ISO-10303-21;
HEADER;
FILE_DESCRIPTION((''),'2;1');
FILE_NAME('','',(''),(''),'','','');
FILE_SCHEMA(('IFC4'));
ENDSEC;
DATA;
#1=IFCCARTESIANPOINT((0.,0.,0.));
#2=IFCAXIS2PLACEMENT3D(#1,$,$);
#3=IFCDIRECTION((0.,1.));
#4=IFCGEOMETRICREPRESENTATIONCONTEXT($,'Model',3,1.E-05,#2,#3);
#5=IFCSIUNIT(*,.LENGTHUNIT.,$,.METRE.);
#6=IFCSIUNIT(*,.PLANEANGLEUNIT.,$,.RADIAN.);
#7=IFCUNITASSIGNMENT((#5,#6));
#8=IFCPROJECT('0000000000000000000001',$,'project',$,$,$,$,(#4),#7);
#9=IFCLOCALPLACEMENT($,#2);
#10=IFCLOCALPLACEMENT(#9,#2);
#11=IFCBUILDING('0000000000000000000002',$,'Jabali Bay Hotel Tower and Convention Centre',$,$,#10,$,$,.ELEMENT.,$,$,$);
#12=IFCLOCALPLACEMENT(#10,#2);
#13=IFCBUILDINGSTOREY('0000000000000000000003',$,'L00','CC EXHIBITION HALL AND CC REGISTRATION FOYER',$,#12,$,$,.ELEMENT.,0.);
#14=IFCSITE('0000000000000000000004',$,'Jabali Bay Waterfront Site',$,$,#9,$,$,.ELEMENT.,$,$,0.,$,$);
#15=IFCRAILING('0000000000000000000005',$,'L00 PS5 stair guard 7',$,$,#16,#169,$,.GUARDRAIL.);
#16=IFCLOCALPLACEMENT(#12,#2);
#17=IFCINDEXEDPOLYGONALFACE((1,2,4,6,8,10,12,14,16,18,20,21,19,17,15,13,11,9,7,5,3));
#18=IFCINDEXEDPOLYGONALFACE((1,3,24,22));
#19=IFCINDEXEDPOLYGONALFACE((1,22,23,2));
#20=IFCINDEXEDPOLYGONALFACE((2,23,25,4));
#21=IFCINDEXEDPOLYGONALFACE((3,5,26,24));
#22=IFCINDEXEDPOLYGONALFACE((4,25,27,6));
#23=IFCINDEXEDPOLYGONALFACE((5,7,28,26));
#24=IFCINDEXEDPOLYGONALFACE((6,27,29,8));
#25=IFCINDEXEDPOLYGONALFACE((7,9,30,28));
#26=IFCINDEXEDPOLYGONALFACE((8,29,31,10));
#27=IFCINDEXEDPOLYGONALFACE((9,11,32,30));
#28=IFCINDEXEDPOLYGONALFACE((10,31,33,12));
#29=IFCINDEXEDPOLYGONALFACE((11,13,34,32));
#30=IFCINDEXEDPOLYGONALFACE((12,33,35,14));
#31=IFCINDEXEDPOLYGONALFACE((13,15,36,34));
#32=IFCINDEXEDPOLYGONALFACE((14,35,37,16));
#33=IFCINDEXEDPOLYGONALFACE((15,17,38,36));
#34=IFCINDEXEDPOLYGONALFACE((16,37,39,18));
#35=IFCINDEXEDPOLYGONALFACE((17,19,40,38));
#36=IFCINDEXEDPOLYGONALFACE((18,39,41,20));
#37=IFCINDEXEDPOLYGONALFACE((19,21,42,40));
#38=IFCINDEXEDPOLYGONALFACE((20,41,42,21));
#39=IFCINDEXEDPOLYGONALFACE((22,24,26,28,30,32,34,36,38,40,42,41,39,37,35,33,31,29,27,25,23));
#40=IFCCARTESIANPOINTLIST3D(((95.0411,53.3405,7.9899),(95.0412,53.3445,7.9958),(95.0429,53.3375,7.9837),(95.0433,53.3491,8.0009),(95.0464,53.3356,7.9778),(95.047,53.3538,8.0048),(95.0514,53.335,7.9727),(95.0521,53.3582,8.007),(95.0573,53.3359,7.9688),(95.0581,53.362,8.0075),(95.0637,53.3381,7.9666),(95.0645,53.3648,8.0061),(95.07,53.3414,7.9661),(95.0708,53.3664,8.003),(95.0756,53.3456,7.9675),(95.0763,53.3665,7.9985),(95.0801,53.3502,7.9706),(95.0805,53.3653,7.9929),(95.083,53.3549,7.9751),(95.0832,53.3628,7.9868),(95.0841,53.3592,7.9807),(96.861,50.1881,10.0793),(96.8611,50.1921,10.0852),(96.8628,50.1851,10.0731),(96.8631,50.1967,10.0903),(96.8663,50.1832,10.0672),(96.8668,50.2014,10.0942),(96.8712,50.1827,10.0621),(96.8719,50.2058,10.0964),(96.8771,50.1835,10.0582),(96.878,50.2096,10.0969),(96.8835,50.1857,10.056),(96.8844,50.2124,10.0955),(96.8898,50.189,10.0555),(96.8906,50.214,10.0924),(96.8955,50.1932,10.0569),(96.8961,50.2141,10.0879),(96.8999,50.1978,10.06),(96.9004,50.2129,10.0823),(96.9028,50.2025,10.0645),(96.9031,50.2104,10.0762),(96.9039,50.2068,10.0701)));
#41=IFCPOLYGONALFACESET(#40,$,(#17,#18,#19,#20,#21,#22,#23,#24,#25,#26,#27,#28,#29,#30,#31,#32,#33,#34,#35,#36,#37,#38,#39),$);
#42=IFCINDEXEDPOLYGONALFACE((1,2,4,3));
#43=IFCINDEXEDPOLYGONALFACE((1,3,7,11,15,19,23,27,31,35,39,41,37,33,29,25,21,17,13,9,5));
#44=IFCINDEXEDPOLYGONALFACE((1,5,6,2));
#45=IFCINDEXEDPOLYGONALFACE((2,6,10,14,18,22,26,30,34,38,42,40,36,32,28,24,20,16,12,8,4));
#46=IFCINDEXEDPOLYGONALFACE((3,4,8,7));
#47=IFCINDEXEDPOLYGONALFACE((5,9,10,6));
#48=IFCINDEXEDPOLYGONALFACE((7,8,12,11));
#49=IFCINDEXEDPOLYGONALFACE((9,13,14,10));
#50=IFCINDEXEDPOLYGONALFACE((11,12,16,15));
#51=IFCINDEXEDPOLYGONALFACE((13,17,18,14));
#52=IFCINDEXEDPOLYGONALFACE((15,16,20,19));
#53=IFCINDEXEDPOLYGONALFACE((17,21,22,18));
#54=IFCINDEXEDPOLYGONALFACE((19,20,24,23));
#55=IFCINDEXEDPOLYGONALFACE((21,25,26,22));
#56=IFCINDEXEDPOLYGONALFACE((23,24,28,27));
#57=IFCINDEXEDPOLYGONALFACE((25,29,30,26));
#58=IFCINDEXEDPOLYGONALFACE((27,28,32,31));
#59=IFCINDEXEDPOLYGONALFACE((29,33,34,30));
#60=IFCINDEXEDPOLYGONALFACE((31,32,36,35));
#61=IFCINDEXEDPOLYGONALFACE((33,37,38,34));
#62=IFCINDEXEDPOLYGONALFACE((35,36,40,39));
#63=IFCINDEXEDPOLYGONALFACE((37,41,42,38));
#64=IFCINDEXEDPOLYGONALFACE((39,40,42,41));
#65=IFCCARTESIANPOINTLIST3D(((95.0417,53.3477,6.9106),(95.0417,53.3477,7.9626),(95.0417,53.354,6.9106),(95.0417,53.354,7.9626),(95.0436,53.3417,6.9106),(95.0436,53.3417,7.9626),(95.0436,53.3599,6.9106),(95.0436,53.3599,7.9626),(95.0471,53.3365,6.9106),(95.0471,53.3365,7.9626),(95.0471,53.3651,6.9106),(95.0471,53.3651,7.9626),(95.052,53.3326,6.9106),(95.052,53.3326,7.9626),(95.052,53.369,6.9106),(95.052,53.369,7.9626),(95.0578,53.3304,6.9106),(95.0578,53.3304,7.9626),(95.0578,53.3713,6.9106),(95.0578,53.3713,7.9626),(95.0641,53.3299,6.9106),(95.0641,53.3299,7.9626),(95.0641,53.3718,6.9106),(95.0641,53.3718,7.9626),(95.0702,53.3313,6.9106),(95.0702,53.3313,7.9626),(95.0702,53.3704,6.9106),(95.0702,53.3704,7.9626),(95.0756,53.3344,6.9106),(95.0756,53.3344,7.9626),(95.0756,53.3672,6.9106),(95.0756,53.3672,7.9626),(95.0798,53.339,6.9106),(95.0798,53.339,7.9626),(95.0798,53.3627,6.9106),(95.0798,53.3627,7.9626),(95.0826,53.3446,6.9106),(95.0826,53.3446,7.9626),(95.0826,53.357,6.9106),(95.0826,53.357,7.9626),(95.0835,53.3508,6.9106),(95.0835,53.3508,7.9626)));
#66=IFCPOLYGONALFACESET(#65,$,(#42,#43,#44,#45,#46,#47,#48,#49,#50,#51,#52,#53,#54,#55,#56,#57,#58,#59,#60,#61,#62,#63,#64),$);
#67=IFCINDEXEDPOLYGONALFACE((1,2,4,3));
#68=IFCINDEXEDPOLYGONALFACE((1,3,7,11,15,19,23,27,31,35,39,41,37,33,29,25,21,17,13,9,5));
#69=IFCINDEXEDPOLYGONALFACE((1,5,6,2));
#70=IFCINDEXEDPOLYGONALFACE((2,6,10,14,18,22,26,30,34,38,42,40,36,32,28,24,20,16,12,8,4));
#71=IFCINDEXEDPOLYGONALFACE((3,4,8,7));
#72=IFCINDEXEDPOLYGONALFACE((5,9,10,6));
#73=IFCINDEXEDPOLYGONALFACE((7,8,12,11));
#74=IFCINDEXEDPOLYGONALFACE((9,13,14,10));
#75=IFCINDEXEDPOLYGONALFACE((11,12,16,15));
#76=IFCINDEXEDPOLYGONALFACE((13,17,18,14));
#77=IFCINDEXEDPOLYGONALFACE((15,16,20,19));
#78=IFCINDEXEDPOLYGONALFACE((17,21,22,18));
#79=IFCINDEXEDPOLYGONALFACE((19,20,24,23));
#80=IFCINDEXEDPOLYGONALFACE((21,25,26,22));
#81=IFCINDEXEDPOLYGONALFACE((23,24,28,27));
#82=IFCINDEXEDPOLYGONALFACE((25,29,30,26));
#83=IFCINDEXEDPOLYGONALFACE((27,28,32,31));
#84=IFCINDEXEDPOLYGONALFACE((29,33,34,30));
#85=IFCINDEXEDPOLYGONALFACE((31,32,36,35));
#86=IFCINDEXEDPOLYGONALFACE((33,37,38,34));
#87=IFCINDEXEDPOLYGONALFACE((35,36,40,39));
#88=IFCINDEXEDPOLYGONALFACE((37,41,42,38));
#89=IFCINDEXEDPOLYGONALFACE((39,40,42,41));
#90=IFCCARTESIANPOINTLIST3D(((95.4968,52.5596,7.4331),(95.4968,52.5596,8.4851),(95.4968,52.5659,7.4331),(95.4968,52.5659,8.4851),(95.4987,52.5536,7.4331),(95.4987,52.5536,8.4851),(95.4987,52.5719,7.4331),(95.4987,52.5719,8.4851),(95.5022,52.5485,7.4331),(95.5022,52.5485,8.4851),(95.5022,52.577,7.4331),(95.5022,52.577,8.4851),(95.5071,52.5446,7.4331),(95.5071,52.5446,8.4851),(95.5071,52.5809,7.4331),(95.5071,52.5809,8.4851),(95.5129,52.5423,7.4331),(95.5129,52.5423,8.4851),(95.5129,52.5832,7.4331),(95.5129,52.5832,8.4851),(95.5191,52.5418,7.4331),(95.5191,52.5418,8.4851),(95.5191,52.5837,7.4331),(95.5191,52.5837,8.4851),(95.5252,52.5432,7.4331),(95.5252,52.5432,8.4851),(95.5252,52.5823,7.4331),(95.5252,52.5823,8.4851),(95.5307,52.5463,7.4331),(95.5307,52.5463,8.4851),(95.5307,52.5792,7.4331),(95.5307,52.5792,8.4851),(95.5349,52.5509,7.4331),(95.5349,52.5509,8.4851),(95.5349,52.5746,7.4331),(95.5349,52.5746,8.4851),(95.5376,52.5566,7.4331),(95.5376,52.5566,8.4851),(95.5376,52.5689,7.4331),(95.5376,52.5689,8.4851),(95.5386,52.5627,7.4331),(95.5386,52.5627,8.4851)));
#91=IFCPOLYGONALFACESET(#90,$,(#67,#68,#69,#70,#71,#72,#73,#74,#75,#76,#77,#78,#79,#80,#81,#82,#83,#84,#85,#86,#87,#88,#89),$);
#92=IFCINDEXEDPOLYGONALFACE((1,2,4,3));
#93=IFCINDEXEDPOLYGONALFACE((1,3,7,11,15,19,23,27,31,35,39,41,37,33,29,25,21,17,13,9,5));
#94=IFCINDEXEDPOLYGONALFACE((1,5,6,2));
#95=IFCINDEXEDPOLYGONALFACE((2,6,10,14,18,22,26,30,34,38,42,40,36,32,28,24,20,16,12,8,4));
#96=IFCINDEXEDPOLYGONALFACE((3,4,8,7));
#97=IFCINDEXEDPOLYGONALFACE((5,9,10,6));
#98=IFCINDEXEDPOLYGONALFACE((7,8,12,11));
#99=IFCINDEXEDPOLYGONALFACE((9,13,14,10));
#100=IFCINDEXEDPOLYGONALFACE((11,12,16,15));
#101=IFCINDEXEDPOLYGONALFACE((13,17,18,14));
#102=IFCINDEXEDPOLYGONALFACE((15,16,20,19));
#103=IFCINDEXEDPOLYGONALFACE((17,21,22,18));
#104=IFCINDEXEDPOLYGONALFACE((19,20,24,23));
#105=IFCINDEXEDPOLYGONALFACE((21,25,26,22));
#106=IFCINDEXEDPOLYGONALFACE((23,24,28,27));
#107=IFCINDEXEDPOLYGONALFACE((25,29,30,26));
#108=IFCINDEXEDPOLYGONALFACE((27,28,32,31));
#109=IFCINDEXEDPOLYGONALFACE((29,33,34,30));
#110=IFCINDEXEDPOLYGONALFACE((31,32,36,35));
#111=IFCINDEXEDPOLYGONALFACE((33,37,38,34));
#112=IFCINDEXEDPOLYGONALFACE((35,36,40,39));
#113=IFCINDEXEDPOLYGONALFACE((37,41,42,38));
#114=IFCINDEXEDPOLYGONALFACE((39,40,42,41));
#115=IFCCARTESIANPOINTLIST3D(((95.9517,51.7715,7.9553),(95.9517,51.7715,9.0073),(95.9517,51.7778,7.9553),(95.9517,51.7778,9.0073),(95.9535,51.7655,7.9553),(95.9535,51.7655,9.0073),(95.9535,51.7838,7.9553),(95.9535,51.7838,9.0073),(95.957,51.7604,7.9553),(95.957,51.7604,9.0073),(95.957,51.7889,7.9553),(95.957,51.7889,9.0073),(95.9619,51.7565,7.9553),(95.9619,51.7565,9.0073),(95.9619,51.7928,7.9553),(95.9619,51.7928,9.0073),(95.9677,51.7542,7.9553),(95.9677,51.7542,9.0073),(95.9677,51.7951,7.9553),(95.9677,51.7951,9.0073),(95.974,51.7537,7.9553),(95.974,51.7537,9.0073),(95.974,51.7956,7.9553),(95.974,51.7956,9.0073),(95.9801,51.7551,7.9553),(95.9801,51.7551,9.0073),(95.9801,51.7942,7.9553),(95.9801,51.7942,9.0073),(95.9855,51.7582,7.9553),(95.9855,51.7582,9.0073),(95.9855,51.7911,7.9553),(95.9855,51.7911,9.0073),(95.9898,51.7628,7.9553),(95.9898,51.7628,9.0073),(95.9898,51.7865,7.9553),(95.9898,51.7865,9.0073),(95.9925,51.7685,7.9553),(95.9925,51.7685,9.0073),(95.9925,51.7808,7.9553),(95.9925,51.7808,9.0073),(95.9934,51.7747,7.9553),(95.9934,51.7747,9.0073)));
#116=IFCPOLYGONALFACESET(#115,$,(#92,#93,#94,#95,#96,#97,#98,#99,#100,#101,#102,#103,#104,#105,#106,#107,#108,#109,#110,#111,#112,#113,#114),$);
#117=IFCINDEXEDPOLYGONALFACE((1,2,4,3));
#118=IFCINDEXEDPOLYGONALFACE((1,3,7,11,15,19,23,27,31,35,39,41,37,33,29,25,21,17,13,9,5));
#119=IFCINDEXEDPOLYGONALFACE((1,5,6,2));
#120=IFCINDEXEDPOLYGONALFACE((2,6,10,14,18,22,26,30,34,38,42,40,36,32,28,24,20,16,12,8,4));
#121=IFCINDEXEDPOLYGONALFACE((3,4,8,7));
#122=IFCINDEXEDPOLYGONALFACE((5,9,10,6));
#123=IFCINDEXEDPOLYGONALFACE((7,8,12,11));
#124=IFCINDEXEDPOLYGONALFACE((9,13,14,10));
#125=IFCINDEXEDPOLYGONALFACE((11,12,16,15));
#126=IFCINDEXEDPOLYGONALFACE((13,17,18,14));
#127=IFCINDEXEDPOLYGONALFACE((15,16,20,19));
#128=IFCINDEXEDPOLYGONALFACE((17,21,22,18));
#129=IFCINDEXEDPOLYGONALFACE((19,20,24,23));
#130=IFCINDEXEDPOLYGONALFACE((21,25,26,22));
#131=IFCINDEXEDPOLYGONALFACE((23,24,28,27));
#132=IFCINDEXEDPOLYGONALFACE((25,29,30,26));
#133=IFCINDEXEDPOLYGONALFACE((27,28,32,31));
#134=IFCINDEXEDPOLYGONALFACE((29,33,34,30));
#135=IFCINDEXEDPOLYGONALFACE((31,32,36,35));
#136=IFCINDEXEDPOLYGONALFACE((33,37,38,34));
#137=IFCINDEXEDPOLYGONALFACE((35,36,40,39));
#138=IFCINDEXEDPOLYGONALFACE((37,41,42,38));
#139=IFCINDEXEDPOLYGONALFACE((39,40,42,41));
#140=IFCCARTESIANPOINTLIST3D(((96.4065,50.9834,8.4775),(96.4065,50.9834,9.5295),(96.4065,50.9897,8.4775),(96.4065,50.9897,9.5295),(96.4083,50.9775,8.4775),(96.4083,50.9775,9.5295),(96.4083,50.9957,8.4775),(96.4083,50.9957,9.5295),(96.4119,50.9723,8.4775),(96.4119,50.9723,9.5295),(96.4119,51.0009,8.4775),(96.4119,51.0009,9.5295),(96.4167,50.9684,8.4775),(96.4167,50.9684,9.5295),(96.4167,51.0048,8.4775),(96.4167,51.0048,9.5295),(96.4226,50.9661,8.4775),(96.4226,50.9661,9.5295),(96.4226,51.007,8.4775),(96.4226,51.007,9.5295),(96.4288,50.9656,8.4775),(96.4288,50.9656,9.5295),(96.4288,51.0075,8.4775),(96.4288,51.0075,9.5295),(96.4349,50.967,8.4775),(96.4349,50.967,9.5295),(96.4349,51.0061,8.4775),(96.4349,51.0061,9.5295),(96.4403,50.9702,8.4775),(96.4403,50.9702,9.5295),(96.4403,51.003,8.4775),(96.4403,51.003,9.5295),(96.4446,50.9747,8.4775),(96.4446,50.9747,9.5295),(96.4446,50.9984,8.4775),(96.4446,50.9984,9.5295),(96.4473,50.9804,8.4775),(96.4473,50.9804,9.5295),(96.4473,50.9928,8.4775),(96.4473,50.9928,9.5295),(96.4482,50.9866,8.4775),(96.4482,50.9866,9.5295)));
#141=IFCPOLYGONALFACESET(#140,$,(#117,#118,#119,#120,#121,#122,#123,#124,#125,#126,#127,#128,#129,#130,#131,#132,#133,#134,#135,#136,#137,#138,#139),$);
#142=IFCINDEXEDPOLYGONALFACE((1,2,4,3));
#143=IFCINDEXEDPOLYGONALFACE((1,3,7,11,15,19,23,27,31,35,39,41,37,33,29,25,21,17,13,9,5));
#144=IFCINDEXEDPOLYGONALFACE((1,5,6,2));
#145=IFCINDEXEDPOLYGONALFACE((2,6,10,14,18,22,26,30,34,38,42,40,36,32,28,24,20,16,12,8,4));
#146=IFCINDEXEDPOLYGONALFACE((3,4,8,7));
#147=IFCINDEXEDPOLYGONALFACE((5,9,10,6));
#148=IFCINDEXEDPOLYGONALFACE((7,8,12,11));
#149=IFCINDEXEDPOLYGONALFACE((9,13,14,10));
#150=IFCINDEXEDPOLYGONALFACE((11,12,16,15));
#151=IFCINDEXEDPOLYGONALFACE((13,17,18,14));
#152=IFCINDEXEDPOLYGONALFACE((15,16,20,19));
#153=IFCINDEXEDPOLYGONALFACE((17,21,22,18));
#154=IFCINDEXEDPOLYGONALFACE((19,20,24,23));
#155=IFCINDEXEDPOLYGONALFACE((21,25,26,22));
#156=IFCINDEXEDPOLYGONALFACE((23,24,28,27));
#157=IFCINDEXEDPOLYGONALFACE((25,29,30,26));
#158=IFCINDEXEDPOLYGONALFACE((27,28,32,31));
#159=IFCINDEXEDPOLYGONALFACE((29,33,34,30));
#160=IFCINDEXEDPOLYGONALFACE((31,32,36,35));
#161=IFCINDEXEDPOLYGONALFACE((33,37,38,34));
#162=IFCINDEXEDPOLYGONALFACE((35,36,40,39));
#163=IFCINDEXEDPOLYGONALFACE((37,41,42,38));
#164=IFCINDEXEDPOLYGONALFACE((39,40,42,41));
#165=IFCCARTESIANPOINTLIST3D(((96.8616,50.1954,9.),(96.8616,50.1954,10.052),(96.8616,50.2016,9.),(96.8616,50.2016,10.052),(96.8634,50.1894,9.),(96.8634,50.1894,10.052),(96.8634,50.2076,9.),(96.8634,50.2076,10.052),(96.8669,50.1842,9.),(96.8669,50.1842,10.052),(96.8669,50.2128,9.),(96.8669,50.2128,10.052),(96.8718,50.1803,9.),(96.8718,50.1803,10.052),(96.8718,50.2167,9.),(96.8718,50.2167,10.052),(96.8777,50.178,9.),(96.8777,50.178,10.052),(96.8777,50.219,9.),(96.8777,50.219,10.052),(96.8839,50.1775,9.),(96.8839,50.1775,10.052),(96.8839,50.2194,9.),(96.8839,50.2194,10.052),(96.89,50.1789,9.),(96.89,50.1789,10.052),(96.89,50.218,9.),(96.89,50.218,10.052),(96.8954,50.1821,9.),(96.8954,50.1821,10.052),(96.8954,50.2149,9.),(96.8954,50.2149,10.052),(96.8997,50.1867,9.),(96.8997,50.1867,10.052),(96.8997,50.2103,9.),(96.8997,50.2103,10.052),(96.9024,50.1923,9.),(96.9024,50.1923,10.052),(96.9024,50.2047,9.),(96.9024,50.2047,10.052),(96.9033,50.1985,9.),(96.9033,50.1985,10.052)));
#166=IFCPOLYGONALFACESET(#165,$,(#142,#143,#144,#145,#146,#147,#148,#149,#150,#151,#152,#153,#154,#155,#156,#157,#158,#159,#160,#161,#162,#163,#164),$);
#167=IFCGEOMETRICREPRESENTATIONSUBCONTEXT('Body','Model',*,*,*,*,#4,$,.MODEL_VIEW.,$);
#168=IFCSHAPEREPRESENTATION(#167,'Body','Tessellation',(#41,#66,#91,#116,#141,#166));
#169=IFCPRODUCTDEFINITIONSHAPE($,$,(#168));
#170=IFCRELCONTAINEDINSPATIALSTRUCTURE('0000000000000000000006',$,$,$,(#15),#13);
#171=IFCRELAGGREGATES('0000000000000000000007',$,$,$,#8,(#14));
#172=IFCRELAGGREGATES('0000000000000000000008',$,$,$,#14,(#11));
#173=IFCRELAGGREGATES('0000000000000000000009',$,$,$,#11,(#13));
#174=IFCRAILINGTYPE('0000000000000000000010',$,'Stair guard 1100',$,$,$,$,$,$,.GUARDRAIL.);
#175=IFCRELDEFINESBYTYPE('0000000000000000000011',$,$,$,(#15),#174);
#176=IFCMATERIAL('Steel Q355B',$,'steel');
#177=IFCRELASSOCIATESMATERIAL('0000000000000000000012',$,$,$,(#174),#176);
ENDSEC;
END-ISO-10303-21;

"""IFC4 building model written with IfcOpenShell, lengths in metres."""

from ifc_helpers import new_model, si_unit, direction, frame, origin, origin_2d, place, context, subcontext, project, spatial, circle, extrude, material, type_object, element, save


model = new_model("IFC4")

# Units and contexts
model_context = context("Model", 3, precision=1e-05, world=origin(), true_north=direction((0.0, 1.0)))
body_context = subcontext(model_context, "Body", "Model", "MODEL_VIEW")
ifc_project = project(units=[si_unit("LENGTHUNIT", "METRE"), si_unit("PLANEANGLEUNIT", "RADIAN")], contexts=[model_context])

# Site, building, storey
site_placement = place(None, origin())
site = spatial("IfcSite", under=ifc_project, at=site_placement, Name="Jabali Bay Waterfront Site", CompositionType="ELEMENT", RefElevation=0.0)
building_placement = place(site_placement, origin())
building = spatial("IfcBuilding", under=site, at=building_placement, Name="Jabali Bay Hotel Tower and Convention Centre", CompositionType="ELEMENT")
storey_placement = place(building_placement, origin())
storey = spatial("IfcBuildingStorey", under=building, at=storey_placement, Name="L00", Description="CC EXHIBITION HALL AND CC REGISTRATION FOYER", CompositionType="ELEMENT", Elevation=0.0)

# Railing
ifc_material_1 = material(Name="Steel Q355B", Category="steel")
railing_type_1 = type_object("IfcRailingType", Name="Stair guard 1100", PredefinedType="GUARDRAIL", material=ifc_material_1)
railing_1_placement = place(storey_placement, frame((95.0625, 53.3508, 6.9106)))
element("IfcRailing", 1, at=railing_1_placement, inside=storey, type_object=railing_type_1, Name="L00 PS5 stair guard 7", PredefinedType="GUARDRAIL", context=body_context, shape_type="SweptSolid", body=[
    extrude(circle(Radius=0.0239, at=origin_2d()), frame((0.0, 0.0, 1.0762), z_axis=(0.433606, -0.751102, 0.497826), x_axis=(0.866047, 0.499962, 0.0)), (0.0, 0.0, 1.0), 4.197),
    extrude(circle(Radius=0.021, at=origin_2d()), origin(), (0.0, 0.0, 1.0), 1.052),
    extrude(circle(Radius=0.021, at=origin_2d()), frame((0.4551, -0.7881, 0.5225)), (0.0, 0.0, 1.0), 1.052),
    extrude(circle(Radius=0.021, at=origin_2d()), frame((0.9099, -1.5762, 1.0447)), (0.0, 0.0, 1.0), 1.052),
    extrude(circle(Radius=0.021, at=origin_2d()), frame((1.3647, -2.3643, 1.5669)), (0.0, 0.0, 1.0), 1.052),
    extrude(circle(Radius=0.021, at=origin_2d()), frame((1.8198, -3.1523, 2.0894)), (0.0, 0.0, 1.0), 1.052),
])

save(model, "model.ifc")
